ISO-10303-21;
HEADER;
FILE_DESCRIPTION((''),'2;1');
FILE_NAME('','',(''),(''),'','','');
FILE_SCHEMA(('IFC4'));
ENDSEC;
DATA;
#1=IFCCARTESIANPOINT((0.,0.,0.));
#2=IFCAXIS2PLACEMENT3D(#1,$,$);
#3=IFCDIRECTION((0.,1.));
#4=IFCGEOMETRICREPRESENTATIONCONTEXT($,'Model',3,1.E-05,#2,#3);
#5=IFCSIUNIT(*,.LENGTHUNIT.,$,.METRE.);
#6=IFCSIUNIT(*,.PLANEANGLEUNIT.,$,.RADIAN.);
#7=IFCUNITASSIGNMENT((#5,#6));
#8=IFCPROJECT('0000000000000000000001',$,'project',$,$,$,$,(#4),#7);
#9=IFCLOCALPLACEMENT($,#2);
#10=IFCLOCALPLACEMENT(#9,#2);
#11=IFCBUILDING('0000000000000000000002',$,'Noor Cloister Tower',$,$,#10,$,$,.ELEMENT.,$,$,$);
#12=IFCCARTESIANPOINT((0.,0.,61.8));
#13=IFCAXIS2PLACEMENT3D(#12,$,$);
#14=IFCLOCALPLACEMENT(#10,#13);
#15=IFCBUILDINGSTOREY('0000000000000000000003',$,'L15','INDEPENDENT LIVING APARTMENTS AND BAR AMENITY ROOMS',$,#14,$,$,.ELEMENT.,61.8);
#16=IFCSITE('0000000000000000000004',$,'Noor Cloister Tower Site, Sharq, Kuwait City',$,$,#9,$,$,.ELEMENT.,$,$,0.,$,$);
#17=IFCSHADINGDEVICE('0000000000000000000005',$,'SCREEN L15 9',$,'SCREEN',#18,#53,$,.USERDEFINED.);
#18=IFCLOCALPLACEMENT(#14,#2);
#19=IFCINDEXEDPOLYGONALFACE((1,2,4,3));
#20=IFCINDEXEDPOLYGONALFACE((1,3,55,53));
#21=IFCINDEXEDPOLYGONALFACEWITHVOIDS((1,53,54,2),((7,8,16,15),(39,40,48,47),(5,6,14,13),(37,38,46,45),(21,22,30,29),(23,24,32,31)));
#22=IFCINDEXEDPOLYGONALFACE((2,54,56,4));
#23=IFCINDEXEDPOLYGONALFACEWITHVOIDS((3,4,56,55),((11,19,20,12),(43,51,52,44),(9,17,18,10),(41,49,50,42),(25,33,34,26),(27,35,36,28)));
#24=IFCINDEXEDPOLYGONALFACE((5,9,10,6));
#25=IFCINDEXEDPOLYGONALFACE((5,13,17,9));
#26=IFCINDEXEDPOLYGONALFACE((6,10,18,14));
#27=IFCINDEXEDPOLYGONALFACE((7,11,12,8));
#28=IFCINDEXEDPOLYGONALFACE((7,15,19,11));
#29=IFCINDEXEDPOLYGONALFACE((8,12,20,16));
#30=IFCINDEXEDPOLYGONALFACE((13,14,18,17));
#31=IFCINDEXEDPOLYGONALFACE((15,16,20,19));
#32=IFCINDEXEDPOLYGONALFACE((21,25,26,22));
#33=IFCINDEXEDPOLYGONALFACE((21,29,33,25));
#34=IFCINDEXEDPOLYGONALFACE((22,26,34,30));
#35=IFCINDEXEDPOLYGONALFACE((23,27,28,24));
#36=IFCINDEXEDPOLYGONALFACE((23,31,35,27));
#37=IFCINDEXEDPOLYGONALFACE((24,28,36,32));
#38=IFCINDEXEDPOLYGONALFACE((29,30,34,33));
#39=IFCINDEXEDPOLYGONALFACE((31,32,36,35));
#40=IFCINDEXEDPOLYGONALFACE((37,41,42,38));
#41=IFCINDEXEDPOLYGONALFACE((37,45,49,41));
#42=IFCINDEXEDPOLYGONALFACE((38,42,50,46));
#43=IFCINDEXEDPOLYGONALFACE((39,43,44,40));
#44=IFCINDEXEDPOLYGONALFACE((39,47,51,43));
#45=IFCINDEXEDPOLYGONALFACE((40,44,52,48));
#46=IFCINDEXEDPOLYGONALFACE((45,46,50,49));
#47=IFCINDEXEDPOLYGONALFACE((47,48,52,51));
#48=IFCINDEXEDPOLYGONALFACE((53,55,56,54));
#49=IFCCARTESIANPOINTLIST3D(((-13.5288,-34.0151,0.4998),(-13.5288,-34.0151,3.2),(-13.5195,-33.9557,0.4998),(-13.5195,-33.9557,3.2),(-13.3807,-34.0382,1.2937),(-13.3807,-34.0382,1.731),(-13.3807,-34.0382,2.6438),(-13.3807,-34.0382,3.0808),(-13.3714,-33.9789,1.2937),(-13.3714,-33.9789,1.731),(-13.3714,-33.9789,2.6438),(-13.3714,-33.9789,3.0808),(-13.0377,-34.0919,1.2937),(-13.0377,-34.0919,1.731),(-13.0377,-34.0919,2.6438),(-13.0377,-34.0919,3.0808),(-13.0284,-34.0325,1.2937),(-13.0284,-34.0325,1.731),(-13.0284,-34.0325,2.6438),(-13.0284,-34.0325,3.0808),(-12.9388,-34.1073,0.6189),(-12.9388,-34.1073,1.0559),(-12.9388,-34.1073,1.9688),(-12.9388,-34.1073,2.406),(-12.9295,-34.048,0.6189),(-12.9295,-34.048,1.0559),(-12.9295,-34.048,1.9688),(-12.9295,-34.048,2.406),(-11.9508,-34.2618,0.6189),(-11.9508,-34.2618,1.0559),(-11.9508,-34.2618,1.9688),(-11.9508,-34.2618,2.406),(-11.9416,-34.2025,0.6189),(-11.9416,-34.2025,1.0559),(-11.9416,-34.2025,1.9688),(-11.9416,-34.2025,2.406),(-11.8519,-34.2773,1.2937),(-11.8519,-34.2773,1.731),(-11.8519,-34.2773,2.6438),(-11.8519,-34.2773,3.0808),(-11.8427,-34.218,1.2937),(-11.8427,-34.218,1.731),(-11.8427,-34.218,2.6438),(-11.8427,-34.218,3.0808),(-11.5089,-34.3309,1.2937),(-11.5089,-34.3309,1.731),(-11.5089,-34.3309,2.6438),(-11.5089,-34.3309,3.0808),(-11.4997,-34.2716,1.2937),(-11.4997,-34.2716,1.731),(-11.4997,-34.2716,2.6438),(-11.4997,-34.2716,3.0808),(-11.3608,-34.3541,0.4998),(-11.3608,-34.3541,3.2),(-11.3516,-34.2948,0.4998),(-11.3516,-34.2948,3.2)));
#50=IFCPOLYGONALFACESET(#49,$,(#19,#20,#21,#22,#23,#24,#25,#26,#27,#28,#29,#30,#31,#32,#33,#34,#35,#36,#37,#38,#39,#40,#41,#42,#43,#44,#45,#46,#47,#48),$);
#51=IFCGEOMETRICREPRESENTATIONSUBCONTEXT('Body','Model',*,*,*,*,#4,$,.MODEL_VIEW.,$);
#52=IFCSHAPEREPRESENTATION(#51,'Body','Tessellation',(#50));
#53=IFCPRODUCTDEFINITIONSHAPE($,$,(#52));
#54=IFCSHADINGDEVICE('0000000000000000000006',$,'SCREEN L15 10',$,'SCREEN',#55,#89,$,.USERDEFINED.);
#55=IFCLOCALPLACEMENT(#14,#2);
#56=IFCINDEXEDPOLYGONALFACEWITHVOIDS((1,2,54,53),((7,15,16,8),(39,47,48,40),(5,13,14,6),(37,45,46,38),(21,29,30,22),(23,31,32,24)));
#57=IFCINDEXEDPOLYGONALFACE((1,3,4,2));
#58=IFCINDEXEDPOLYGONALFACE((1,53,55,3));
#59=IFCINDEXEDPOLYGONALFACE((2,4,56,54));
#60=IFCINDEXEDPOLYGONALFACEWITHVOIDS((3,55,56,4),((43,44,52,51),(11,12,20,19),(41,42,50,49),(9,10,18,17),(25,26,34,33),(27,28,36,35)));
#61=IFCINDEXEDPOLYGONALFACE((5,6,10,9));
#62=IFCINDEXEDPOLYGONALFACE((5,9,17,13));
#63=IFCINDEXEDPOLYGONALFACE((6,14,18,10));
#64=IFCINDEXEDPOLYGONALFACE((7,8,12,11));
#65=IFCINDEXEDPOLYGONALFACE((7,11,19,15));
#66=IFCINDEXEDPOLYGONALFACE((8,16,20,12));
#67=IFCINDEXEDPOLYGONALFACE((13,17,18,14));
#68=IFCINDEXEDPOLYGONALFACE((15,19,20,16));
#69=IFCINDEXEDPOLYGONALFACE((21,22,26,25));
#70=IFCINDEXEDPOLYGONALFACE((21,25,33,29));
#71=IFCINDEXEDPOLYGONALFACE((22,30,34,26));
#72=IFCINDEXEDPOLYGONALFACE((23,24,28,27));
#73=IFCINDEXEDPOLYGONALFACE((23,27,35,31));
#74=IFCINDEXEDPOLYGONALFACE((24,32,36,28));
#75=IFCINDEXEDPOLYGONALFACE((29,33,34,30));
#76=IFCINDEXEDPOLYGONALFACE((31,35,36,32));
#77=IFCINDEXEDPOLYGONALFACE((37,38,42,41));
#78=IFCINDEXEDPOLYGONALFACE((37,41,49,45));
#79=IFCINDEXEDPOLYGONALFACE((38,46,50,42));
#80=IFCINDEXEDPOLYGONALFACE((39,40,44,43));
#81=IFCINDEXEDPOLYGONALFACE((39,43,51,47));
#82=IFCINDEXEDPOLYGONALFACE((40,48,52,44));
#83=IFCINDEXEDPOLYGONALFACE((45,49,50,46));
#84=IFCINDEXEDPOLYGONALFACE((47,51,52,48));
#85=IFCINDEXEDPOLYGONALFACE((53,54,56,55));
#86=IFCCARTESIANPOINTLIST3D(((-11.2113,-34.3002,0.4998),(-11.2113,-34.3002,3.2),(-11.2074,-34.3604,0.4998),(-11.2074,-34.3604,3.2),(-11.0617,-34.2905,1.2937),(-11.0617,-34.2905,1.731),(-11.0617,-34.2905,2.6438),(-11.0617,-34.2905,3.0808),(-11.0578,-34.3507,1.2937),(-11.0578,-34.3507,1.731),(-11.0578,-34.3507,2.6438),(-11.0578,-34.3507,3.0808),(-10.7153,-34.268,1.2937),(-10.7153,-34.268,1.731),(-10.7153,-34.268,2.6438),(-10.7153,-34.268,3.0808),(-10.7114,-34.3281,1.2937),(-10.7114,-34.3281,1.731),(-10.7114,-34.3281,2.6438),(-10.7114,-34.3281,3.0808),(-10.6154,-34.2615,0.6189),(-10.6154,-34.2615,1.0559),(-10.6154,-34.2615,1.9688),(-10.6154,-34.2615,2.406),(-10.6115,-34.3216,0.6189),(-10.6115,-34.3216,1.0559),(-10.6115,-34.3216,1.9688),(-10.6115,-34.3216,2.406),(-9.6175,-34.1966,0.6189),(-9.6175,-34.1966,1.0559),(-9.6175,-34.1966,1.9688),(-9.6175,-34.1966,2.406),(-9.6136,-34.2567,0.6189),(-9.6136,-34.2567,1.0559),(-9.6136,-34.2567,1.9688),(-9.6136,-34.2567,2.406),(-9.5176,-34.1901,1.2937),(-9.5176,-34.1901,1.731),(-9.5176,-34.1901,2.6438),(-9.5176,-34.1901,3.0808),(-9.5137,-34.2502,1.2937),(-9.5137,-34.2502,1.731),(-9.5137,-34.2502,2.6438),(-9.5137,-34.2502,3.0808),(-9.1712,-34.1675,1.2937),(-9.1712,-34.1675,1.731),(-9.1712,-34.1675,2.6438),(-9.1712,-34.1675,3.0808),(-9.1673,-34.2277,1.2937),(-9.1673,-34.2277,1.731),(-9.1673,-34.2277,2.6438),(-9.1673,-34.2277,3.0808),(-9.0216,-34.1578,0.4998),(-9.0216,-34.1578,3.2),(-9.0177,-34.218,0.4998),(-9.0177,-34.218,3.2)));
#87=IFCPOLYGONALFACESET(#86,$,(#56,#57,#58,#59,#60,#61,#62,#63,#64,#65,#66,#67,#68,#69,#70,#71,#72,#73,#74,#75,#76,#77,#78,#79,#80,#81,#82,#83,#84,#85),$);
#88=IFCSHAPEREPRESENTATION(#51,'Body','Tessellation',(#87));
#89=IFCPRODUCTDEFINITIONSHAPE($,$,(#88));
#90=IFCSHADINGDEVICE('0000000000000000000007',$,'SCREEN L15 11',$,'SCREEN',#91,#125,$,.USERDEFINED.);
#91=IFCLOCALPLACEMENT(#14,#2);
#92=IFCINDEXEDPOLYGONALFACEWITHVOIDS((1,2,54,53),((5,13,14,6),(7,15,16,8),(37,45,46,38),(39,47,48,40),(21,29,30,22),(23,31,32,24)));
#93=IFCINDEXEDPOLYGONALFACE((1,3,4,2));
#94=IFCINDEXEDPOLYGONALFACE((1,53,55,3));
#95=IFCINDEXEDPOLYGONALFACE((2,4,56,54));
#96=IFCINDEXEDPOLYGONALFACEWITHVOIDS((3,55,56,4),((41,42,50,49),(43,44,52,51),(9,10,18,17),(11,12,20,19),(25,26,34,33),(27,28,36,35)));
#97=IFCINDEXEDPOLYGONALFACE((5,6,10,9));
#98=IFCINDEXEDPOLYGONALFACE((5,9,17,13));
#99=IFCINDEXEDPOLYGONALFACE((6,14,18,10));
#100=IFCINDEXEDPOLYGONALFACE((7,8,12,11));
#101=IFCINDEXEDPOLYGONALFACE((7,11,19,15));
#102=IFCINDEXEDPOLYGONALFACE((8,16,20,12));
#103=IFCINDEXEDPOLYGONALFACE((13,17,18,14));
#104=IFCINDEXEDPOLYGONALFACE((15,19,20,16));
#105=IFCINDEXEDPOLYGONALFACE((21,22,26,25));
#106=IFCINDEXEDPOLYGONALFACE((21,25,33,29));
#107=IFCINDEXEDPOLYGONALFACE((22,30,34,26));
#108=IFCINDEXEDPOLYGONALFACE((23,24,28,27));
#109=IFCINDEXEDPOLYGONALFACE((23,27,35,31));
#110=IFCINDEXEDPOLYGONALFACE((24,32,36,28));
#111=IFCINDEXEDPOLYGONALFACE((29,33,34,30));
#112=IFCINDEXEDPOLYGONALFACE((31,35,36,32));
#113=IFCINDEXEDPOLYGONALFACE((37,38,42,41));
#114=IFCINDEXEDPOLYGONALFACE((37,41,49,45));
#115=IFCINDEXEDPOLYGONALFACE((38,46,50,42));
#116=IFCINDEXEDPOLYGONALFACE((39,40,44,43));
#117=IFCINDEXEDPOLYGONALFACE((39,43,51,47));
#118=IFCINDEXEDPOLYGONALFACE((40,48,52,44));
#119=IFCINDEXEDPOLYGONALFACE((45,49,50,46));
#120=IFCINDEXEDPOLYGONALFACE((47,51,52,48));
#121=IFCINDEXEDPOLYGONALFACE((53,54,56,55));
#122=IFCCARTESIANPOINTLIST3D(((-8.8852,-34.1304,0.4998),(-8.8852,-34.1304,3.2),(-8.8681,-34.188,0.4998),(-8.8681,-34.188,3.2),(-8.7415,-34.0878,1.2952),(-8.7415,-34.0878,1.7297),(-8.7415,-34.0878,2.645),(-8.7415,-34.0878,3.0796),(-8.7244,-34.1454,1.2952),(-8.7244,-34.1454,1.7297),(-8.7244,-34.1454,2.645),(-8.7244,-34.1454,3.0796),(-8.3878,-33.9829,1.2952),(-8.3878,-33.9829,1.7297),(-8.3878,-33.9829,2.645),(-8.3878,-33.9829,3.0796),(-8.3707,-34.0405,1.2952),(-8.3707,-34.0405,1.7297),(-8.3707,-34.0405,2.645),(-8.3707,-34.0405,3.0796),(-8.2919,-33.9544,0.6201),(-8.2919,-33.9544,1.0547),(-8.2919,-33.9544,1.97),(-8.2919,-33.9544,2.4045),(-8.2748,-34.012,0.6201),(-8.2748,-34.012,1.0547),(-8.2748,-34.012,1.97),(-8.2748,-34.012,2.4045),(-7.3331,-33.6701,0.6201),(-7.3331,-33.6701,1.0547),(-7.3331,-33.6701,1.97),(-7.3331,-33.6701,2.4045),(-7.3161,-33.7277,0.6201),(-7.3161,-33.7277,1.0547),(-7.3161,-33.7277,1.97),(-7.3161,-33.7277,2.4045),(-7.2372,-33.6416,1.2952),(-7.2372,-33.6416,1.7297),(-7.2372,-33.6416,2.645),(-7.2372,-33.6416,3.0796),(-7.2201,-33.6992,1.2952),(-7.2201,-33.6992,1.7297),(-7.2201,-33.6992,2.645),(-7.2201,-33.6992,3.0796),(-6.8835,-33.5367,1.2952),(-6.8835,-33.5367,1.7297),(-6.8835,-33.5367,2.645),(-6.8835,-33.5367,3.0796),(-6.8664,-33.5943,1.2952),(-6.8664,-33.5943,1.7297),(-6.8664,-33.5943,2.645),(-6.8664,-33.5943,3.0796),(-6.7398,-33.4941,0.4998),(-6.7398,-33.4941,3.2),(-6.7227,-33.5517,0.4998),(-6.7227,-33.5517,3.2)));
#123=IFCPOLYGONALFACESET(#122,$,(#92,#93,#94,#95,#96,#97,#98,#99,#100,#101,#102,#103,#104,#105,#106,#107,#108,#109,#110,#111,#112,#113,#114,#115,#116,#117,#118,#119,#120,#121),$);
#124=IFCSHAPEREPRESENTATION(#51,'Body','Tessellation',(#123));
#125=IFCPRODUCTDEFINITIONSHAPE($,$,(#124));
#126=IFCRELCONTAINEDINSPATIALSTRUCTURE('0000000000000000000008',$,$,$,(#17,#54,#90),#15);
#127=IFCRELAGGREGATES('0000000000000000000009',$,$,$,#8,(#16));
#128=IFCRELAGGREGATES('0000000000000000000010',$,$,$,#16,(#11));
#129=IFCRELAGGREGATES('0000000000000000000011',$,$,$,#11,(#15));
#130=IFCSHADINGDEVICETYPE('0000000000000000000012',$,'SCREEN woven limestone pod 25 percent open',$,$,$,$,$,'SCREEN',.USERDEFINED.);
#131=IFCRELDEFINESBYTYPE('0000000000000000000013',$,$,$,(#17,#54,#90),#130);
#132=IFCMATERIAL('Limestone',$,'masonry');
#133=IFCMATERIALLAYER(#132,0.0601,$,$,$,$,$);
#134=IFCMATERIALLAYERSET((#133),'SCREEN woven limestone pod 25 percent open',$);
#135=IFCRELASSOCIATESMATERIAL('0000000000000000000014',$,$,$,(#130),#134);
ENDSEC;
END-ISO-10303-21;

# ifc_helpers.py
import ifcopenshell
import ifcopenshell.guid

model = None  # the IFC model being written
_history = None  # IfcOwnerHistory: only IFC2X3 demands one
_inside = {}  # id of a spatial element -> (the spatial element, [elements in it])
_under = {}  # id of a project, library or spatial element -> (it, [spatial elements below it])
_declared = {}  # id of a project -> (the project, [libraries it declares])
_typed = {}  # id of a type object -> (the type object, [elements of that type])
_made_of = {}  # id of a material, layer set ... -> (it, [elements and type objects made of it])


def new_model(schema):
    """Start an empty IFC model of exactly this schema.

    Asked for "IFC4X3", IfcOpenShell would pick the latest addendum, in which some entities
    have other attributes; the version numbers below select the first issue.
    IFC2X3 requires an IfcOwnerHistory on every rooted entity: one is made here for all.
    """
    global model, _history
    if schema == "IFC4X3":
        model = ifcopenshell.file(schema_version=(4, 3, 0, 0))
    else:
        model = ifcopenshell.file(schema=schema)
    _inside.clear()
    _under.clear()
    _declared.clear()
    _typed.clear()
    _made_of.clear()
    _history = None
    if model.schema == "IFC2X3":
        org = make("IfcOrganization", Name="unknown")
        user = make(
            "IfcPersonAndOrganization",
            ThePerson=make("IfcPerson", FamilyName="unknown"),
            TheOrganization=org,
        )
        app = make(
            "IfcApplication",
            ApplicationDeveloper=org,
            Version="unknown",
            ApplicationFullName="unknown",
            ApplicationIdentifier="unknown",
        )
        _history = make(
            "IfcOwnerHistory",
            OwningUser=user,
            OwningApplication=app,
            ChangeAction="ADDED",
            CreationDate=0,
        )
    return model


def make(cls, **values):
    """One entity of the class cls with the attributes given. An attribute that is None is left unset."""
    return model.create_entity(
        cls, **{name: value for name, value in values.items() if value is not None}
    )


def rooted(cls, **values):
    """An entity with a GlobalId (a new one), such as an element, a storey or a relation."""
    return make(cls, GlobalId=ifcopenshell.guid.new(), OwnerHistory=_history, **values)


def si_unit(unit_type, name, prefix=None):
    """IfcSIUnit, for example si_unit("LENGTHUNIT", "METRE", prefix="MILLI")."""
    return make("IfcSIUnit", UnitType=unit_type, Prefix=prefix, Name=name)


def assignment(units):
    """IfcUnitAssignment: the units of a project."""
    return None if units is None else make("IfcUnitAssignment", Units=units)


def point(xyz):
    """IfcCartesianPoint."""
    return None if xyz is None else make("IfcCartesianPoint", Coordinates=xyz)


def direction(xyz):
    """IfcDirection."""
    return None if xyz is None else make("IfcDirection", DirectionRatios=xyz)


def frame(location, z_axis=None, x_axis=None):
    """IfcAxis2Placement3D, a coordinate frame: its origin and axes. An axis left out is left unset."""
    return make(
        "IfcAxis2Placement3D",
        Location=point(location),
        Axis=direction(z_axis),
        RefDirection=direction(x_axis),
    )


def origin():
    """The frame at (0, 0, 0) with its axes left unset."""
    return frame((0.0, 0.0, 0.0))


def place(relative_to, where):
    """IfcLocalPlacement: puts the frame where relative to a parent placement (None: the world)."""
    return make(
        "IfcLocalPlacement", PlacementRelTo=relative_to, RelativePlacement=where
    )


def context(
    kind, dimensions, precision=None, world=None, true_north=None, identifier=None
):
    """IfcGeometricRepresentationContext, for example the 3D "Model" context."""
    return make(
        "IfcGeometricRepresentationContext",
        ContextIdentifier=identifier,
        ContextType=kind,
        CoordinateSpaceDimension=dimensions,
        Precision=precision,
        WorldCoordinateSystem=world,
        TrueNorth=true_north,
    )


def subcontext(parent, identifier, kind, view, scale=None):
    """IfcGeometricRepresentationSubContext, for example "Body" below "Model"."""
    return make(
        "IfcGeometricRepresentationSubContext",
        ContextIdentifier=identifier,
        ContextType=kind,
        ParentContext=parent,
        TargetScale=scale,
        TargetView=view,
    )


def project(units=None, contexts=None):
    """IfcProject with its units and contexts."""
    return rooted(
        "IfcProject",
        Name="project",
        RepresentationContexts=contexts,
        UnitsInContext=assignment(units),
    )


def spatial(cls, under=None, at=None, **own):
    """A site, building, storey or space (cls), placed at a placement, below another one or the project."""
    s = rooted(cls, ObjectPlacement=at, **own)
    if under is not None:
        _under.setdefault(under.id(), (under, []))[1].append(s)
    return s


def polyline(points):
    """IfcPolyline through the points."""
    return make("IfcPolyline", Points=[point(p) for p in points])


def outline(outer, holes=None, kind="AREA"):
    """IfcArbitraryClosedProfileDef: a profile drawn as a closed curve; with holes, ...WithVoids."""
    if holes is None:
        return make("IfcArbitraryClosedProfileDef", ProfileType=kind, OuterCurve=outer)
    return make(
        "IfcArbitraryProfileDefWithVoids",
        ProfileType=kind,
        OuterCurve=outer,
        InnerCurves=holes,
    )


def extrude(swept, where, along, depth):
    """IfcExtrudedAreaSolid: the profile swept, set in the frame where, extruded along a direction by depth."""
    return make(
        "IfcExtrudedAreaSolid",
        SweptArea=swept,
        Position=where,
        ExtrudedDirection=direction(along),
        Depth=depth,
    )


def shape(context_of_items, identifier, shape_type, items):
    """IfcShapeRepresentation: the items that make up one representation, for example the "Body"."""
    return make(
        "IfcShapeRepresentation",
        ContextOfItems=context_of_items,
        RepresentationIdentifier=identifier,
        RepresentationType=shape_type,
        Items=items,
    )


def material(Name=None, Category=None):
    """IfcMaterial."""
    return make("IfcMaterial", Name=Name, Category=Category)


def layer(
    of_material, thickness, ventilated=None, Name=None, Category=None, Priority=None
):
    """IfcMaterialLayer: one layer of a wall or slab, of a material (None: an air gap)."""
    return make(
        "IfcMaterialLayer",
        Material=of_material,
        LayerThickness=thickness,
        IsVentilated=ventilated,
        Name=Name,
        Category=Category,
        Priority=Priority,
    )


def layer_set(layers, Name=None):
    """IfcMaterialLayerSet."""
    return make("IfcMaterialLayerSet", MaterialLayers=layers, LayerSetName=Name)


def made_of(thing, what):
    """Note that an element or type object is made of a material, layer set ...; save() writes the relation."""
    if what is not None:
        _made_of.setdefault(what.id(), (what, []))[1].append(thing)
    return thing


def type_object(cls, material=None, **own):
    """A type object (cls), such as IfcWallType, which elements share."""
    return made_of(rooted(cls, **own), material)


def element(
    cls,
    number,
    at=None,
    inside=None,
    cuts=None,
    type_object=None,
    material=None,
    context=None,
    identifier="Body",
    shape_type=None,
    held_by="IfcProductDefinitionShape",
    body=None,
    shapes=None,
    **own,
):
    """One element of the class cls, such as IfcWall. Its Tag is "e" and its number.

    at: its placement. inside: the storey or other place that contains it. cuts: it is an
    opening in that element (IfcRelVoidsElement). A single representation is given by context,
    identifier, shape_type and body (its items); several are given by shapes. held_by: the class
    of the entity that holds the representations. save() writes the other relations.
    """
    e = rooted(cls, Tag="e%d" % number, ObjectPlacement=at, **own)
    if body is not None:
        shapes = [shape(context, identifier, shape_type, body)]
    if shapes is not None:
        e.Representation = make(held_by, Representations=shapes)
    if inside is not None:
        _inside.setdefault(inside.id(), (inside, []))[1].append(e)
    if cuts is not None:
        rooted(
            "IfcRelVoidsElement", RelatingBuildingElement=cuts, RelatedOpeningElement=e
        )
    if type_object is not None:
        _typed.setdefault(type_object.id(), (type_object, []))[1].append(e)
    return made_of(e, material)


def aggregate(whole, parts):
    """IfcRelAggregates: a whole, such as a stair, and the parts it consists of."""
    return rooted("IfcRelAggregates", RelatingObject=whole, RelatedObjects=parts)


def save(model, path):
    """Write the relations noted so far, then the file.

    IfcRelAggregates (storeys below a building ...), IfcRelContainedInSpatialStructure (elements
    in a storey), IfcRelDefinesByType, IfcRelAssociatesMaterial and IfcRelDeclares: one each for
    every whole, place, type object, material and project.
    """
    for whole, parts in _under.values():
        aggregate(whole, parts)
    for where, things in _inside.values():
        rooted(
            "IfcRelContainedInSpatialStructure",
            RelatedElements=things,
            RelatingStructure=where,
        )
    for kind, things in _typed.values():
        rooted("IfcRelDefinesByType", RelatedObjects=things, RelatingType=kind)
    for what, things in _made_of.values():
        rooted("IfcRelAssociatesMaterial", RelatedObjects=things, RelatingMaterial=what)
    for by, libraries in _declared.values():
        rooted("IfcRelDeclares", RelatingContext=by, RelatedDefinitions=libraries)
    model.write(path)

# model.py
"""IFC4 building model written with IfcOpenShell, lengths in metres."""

from ifc_helpers import new_model, si_unit, direction, frame, origin, place, context, subcontext, project, spatial, polyline, outline, extrude, material, layer, layer_set, type_object, element, save


model = new_model("IFC4")

# Units and contexts
model_context = context("Model", 3, precision=1e-05, world=origin(), true_north=direction((0.0, 1.0)))
body_context = subcontext(model_context, "Body", "Model", "MODEL_VIEW")
ifc_project = project(units=[si_unit("LENGTHUNIT", "METRE"), si_unit("PLANEANGLEUNIT", "RADIAN")], contexts=[model_context])

# Site, building, storey
site_placement = place(None, origin())
site = spatial("IfcSite", under=ifc_project, at=site_placement, Name="Noor Cloister Tower Site, Sharq, Kuwait City", CompositionType="ELEMENT", RefElevation=0.0)
building_placement = place(site_placement, origin())
building = spatial("IfcBuilding", under=site, at=building_placement, Name="Noor Cloister Tower", CompositionType="ELEMENT")
storey_placement = place(building_placement, frame((0.0, 0.0, 61.8)))
storey = spatial("IfcBuildingStorey", under=building, at=storey_placement, Name="L15", Description="INDEPENDENT LIVING APARTMENTS AND BAR AMENITY ROOMS", CompositionType="ELEMENT", Elevation=61.8)

# Shading devices
ifc_material_1 = material(Name="Limestone", Category="masonry")
ifc_layer_1 = layer(ifc_material_1, 0.0601)
ifc_layer_set_1 = layer_set([ifc_layer_1], Name="SCREEN woven limestone pod 25 percent open")
shading_device_type = type_object("IfcShadingDeviceType", Name="SCREEN woven limestone pod 25 percent open", ElementType="SCREEN", PredefinedType="USERDEFINED", material=ifc_layer_set_1)
shading_device_1_placement = place(storey_placement, frame((-12.4355, -34.1252, 1.8499), z_axis=(-0.154501, -0.987993, 0.0), x_axis=(0.987993, -0.154501, 0.0)))
element("IfcShadingDevice", 1, at=shading_device_1_placement, inside=storey, type_object=shading_device_type, Name="SCREEN L15 9", ObjectType="SCREEN", PredefinedType="USERDEFINED", context=body_context, shape_type="SweptSolid", body=[
    extrude(outline(polyline([(-1.0972, -1.3501), (1.0972, -1.3501), (1.0972, 1.3501), (-1.0972, 1.3501), (-1.0972, -1.3501)]), holes=[polyline([(-0.5, -1.231), (0.5, -1.231), (0.5, -0.7939), (-0.5, -0.7939), (-0.5, -1.231)]), polyline([(0.6001, -0.5562), (0.9473, -0.5562), (0.9473, -0.1189), (0.6001, -0.1189), (0.6001, -0.5562)]), polyline([(-0.9473, -0.5562), (-0.6001, -0.5562), (-0.6001, -0.1189), (-0.9473, -0.1189), (-0.9473, -0.5562)]), polyline([(-0.5, 0.1189), (0.5, 0.1189), (0.5, 0.5562), (-0.5, 0.5562), (-0.5, 0.1189)]), polyline([(0.6001, 0.7939), (0.9473, 0.7939), (0.9473, 1.231), (0.6001, 1.231), (0.6001, 0.7939)]), polyline([(-0.9473, 0.7939), (-0.6001, 0.7939), (-0.6001, 1.231), (-0.9473, 1.231), (-0.9473, 0.7939)])]), origin(), (0.0, 0.0, 1.0), 0.0601),
])
shading_device_2_placement = place(storey_placement, frame((-10.1165, -34.229, 1.8499), z_axis=(0.064904, -0.997892, 0.0), x_axis=(0.997892, 0.064904, 0.0)))
element("IfcShadingDevice", 2, at=shading_device_2_placement, inside=storey, type_object=shading_device_type, Name="SCREEN L15 10", ObjectType="SCREEN", PredefinedType="USERDEFINED", context=body_context, shape_type="SweptSolid", body=[
    extrude(outline(polyline([(-1.0972, -1.3501), (1.0972, -1.3501), (1.0972, 1.3501), (-1.0972, 1.3501), (-1.0972, -1.3501)]), holes=[polyline([(-0.5, -1.231), (0.5, -1.231), (0.5, -0.7939), (-0.5, -0.7939), (-0.5, -1.231)]), polyline([(0.6001, -0.5562), (0.9473, -0.5562), (0.9473, -0.1189), (0.6001, -0.1189), (0.6001, -0.5562)]), polyline([(-0.9473, -0.5562), (-0.6001, -0.5562), (-0.6001, -0.1189), (-0.9473, -0.1189), (-0.9473, -0.5562)]), polyline([(-0.5, 0.1189), (0.5, 0.1189), (0.5, 0.5562), (-0.5, 0.5562), (-0.5, 0.1189)]), polyline([(0.6001, 0.7939), (0.9473, 0.7939), (0.9473, 1.231), (0.6001, 1.231), (0.6001, 0.7939)]), polyline([(-0.9473, 0.7939), (-0.6001, 0.7939), (-0.6001, 1.231), (-0.9473, 1.231), (-0.9473, 0.7939)])]), origin(), (0.0, 0.0, 1.0), 0.0603),
])
shading_device_3_placement = place(storey_placement, frame((-7.8125, -33.8123, 1.8499), z_axis=(0.284365, -0.958716, 0.0), x_axis=(0.958716, 0.284365, 0.0)))
element("IfcShadingDevice", 3, at=shading_device_3_placement, inside=storey, type_object=shading_device_type, Name="SCREEN L15 11", ObjectType="SCREEN", PredefinedType="USERDEFINED", context=body_context, shape_type="SweptSolid", body=[
    extrude(outline(polyline([(-1.1189, -1.3501), (1.1189, -1.3501), (1.1189, 1.3501), (-1.1189, 1.3501), (-1.1189, -1.3501)]), holes=[polyline([(-0.5, -1.2297), (0.5, -1.2297), (0.5, -0.7952), (-0.5, -0.7952), (-0.5, -1.2297)]), polyline([(0.6001, -0.5547), (0.969, -0.5547), (0.969, -0.1201), (0.6001, -0.1201), (0.6001, -0.5547)]), polyline([(-0.969, -0.5547), (-0.6001, -0.5547), (-0.6001, -0.1201), (-0.969, -0.1201), (-0.969, -0.5547)]), polyline([(-0.5, 0.1201), (0.5, 0.1201), (0.5, 0.5547), (-0.5, 0.5547), (-0.5, 0.1201)]), polyline([(0.6001, 0.7952), (0.969, 0.7952), (0.969, 1.2297), (0.6001, 1.2297), (0.6001, 0.7952)]), polyline([(-0.969, 0.7952), (-0.6001, 0.7952), (-0.6001, 1.2297), (-0.969, 1.2297), (-0.969, 0.7952)])]), origin(), (0.0, 0.0, 1.0), 0.0601),
])

save(model, "model.ifc")
